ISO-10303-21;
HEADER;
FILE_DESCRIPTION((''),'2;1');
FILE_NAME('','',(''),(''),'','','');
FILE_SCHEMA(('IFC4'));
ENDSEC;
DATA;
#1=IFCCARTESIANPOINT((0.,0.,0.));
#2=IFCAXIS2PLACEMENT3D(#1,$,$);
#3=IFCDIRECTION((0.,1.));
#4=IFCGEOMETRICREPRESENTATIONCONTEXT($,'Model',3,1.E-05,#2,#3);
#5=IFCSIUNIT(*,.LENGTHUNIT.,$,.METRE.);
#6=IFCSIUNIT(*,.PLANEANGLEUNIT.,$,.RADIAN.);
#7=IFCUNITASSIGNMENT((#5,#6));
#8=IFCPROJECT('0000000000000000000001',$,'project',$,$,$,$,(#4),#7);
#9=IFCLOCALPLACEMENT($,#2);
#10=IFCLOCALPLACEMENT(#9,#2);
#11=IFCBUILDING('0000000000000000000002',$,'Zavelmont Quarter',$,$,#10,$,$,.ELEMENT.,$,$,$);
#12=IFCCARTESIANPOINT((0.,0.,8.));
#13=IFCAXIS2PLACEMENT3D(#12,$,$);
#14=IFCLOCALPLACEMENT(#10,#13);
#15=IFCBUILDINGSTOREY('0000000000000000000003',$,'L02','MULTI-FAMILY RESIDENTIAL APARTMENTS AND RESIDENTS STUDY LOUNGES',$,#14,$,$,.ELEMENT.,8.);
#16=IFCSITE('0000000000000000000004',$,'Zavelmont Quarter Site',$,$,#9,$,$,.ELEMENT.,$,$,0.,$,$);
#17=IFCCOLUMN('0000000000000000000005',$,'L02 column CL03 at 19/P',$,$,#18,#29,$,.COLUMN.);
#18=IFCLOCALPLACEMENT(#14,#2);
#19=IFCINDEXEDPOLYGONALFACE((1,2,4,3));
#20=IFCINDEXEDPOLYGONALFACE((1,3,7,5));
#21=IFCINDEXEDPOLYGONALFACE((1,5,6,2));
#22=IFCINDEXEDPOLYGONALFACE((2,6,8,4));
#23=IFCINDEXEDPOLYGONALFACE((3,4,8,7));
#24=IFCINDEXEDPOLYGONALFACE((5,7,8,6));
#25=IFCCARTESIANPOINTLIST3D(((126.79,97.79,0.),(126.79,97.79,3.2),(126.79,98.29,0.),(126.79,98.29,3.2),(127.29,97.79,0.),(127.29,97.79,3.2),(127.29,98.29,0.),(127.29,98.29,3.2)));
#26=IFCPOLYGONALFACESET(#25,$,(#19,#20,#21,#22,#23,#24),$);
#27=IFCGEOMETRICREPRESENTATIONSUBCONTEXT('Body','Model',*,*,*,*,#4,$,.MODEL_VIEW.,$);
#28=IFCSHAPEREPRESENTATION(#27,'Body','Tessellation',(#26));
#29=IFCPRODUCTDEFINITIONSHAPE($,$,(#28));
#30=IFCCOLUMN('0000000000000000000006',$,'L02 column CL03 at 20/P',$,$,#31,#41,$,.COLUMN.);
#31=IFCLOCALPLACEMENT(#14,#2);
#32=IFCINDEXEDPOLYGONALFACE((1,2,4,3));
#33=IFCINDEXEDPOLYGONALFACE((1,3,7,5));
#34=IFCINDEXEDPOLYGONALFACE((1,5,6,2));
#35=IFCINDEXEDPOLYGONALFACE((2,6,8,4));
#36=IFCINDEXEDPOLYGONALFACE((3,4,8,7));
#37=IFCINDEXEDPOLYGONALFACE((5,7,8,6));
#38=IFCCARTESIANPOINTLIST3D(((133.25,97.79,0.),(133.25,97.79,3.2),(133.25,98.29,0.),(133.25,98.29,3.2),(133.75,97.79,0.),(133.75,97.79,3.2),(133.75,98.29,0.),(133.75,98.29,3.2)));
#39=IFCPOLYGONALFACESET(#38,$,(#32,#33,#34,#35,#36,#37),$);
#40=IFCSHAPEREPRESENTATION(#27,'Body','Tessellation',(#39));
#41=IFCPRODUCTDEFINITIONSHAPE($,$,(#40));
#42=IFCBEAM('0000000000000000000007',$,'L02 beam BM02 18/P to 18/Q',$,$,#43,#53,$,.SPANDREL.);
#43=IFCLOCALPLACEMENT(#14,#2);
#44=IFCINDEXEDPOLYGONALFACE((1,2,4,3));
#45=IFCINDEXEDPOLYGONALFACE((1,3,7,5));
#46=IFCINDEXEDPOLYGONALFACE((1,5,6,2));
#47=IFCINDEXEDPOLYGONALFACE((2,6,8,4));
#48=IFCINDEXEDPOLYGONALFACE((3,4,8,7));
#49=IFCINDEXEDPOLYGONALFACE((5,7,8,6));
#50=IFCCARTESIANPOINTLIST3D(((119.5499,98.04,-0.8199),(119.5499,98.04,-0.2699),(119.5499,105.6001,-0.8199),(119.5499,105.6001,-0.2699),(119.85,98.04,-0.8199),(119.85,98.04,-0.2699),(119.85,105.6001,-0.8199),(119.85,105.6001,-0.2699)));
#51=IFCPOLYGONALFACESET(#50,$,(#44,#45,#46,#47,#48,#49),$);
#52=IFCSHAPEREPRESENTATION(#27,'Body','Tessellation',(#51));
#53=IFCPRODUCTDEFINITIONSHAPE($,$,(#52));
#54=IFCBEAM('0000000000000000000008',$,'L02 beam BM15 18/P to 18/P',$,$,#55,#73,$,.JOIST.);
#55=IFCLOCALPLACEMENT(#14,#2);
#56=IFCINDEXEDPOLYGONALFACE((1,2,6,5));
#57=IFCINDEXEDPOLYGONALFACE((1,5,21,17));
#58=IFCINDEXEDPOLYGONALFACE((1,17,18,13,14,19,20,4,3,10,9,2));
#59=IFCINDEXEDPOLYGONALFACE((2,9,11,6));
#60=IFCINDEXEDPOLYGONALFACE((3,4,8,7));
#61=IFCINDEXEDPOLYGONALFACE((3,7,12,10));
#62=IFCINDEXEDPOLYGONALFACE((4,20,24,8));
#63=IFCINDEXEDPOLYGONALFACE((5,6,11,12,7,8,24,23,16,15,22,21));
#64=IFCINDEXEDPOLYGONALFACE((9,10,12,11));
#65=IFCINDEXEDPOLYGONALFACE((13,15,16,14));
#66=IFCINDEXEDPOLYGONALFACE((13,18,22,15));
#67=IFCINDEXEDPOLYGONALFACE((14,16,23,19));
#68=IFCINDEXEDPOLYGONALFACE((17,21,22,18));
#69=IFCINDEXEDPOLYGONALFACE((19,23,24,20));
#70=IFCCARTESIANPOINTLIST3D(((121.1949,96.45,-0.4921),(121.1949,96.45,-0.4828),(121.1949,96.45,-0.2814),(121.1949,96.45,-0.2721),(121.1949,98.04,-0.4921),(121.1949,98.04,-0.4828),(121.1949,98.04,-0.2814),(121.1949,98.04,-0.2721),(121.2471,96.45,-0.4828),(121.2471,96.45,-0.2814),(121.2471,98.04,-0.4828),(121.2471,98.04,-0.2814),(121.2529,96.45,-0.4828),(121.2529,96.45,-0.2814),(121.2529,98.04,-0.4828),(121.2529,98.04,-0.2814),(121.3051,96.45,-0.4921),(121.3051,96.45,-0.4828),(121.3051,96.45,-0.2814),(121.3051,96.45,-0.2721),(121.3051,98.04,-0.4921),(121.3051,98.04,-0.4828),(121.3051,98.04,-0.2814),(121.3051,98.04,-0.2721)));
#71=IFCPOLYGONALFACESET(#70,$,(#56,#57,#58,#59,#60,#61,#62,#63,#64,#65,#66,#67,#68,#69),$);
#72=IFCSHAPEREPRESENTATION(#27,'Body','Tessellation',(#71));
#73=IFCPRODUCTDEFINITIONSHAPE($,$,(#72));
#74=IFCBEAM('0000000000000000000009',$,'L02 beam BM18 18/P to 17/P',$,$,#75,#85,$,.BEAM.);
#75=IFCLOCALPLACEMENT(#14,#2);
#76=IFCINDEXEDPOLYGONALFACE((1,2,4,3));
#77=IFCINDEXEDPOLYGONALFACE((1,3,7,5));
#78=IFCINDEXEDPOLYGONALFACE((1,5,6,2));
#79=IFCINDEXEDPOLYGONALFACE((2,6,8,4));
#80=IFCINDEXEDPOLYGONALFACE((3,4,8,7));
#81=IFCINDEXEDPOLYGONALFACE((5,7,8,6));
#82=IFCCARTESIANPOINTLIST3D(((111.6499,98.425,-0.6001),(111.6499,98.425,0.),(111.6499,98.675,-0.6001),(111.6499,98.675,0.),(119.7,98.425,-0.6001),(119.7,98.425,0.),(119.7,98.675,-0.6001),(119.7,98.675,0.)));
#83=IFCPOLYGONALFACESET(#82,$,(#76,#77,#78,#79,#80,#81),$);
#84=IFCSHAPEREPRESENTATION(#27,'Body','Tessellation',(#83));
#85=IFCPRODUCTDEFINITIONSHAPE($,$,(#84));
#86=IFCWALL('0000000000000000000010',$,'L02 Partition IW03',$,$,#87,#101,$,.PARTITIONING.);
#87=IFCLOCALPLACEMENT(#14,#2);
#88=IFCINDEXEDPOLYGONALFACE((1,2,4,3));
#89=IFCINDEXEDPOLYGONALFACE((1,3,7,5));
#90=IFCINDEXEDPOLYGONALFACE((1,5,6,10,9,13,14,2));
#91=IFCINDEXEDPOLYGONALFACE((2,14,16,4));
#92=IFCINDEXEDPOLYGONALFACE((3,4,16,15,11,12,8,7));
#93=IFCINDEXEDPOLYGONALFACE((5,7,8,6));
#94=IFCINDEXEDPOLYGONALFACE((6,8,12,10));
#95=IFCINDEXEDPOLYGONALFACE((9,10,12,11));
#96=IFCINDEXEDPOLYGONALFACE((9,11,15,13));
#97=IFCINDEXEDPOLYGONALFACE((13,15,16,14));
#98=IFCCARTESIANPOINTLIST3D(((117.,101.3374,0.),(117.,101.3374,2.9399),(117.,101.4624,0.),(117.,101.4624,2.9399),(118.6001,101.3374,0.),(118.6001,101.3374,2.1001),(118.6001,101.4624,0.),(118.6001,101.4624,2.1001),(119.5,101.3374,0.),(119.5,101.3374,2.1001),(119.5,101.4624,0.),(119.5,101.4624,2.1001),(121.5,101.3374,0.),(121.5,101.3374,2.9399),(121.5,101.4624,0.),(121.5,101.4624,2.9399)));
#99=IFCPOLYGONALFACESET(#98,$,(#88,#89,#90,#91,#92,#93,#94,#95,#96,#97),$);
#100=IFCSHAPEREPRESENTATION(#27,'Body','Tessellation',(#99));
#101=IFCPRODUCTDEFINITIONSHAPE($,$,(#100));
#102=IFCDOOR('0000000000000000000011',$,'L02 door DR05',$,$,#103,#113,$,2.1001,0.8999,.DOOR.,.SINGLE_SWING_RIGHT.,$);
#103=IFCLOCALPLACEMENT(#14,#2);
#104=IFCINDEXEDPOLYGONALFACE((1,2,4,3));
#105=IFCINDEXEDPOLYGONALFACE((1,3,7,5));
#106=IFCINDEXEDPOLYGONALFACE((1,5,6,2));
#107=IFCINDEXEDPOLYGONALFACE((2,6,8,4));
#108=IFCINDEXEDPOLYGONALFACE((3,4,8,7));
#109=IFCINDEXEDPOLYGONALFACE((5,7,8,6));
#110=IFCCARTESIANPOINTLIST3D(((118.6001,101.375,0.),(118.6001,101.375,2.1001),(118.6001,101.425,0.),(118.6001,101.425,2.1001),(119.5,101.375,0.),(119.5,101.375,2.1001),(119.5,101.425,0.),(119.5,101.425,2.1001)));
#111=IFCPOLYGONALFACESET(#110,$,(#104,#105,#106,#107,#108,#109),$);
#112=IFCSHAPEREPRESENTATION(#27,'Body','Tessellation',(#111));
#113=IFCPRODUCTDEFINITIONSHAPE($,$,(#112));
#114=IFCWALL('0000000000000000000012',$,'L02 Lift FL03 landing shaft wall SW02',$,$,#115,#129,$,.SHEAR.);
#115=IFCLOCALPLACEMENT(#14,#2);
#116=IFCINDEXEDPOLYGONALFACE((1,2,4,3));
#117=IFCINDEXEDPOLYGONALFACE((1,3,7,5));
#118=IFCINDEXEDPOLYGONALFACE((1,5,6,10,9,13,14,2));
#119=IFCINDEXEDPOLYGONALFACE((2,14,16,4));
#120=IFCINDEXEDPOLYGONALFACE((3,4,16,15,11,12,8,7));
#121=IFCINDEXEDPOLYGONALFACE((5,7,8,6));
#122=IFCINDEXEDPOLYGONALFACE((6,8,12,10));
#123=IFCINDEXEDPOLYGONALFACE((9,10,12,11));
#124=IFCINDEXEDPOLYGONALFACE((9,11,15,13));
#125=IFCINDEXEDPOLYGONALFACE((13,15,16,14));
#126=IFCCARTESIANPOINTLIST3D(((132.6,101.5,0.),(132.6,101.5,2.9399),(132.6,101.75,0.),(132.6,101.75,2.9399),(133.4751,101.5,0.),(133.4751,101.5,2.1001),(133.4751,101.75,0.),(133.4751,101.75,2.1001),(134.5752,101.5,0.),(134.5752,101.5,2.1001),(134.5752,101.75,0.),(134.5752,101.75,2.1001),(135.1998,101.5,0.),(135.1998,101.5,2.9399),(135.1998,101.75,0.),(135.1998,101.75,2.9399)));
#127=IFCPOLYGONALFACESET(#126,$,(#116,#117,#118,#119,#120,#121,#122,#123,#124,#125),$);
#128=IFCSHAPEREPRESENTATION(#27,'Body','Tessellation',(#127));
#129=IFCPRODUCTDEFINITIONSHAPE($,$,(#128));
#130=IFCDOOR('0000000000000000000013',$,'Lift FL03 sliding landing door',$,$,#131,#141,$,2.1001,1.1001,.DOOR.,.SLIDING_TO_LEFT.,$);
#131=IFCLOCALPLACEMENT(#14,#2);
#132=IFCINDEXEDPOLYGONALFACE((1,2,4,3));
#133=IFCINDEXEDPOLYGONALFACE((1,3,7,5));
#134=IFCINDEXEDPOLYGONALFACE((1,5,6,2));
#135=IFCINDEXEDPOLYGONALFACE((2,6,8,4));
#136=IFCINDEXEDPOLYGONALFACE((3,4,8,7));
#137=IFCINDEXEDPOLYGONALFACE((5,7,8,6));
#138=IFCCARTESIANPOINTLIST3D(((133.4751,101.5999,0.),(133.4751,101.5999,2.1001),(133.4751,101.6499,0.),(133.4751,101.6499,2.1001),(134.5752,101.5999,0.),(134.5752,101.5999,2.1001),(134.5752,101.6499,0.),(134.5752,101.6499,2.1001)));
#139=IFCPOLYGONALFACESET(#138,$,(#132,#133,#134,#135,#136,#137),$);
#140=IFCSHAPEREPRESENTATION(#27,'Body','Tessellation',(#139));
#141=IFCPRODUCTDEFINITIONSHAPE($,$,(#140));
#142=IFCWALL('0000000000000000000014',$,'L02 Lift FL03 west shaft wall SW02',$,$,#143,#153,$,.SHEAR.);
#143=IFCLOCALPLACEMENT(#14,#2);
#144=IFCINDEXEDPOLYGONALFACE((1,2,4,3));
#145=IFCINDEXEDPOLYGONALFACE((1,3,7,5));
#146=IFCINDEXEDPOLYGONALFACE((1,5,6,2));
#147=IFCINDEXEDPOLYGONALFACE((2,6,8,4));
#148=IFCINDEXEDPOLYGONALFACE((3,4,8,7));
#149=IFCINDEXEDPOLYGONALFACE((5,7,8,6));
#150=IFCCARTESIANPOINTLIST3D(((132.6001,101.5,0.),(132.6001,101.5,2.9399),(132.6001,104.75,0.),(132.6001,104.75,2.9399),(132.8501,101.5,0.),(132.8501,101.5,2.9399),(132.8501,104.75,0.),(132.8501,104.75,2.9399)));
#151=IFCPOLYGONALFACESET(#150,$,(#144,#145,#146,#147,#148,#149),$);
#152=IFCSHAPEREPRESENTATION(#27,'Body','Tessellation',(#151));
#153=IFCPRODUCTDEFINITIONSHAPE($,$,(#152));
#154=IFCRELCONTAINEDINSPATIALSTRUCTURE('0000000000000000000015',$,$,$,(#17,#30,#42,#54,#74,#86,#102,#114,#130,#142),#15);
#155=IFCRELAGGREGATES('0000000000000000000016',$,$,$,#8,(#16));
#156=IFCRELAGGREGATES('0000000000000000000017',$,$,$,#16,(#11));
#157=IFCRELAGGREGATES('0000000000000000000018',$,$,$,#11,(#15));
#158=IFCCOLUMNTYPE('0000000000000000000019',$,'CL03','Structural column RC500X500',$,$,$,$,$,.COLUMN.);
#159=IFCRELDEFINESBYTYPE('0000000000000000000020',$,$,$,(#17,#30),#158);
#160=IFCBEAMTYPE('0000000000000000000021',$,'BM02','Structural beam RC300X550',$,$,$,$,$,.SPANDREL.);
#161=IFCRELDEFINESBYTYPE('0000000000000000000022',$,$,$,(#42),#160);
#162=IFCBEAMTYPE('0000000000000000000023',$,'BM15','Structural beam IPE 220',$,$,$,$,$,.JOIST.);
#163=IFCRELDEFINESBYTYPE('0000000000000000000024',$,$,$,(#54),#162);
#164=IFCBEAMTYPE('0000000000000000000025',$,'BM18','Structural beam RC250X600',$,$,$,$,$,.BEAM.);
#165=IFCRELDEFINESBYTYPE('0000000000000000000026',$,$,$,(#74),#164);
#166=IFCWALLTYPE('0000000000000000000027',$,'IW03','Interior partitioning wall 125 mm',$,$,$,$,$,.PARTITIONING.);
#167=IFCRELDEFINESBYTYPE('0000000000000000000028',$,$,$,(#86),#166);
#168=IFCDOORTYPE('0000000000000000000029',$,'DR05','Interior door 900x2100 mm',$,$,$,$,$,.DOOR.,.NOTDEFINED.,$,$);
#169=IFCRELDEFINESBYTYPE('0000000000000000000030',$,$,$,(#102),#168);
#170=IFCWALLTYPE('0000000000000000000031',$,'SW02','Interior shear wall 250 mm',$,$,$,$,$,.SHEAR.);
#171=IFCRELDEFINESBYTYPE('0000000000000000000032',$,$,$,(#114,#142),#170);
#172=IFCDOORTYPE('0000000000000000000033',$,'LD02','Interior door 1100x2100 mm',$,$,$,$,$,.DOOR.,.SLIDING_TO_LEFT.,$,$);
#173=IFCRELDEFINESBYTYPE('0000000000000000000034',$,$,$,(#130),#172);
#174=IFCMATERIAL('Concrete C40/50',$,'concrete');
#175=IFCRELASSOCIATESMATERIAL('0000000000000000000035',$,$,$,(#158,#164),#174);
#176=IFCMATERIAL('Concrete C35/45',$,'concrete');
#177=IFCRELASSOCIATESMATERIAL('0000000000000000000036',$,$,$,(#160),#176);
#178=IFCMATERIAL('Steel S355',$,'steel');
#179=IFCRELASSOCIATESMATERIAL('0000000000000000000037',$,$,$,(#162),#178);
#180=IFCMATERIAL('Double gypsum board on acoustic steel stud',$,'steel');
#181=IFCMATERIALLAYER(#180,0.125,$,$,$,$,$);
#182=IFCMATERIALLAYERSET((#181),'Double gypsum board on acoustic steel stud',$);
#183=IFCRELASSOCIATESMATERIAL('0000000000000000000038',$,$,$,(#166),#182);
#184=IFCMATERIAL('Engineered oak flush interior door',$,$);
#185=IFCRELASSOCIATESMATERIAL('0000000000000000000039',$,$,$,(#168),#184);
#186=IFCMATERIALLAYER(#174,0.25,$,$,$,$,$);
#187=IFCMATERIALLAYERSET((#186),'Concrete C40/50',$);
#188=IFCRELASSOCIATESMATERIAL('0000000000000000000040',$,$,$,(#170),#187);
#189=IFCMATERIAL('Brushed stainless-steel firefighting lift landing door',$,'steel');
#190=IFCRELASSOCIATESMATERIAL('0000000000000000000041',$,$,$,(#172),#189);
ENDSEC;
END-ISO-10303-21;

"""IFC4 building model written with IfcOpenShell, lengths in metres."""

from ifc_helpers import new_model, si_unit, direction, frame, frame_2d, origin, origin_with_axes, origin_2d, place, context, subcontext, project, spatial, rectangle, i_section, extrude, material, layer, layer_set, material_profile, profile_set, type_object, element, fill, save


model = new_model("IFC4")

# Units and contexts
model_context = context("Model", 3, precision=1e-05, world=origin(), true_north=direction((0.0, 1.0)))
body_context = subcontext(model_context, "Body", "Model", "MODEL_VIEW")
ifc_project = project(units=[si_unit("LENGTHUNIT", "METRE"), si_unit("PLANEANGLEUNIT", "RADIAN")], contexts=[model_context])

# Site, building, storey
site_placement = place(None, origin())
site = spatial("IfcSite", under=ifc_project, at=site_placement, Name="Zavelmont Quarter Site", CompositionType="ELEMENT", RefElevation=0.0)
building_placement = place(site_placement, origin())
building = spatial("IfcBuilding", under=site, at=building_placement, Name="Zavelmont Quarter", CompositionType="ELEMENT")
storey_placement = place(building_placement, frame((0.0, 0.0, 8.0)))
storey = spatial("IfcBuildingStorey", under=building, at=storey_placement, Name="L02", Description="MULTI-FAMILY RESIDENTIAL APARTMENTS AND RESIDENTS STUDY LOUNGES", CompositionType="ELEMENT", Elevation=8.0)

# Columns
ifc_material_1 = material(Name="Concrete C40/50", Category="concrete")
ifc_material_profile_1 = material_profile(ifc_material_1, rectangle(XDim=0.5, YDim=0.5, at=origin_2d()), Name="RC500X500")
ifc_profile_set_1 = profile_set([ifc_material_profile_1], Name="Concrete C40/50")
column_type = type_object("IfcColumnType", Name="CL03", Description="Structural column RC500X500", PredefinedType="COLUMN", material=ifc_profile_set_1)
for number, where, z_axis, x_axis, name in (
    (1, (127.04, 98.04, 0.0), (0.0, 0.0, 1.0), (1.0, 0.0, 0.0), "L02 column CL03 at 19/P"),
    (2, (133.5, 98.04, 0.0), (0.0, 0.0, 1.0), (1.0, 0.0, 0.0), "L02 column CL03 at 20/P"),
):
    element("IfcColumn", number, at=place(storey_placement, frame(where, z_axis=z_axis, x_axis=x_axis)), inside=storey, type_object=column_type, Name=name, PredefinedType="COLUMN", context=body_context, shape_type="SweptSolid", body=[
        extrude(rectangle(XDim=0.5, YDim=0.5, at=origin_2d()), origin(), (0.0, 0.0, 1.0), 3.2),
    ])

# Beams
ifc_material_2 = material(Name="Concrete C35/45", Category="concrete")
ifc_material_profile_2 = material_profile(ifc_material_2, rectangle(XDim=0.3, YDim=0.55, at=origin_2d()), Name="RC300X550")
ifc_profile_set_2 = profile_set([ifc_material_profile_2], Name="Concrete C35/45")
beam_type_1 = type_object("IfcBeamType", Name="BM02", Description="Structural beam RC300X550", PredefinedType="SPANDREL", material=ifc_profile_set_2)
beam_1_placement = place(storey_placement, frame((119.7, 98.04, -0.5449), z_axis=(0.0, 1.0, 0.0), x_axis=(-1.0, 0.0, 0.0)))
element("IfcBeam", 3, at=beam_1_placement, inside=storey, type_object=beam_type_1, Name="L02 beam BM02 18/P to 18/Q", PredefinedType="SPANDREL", context=body_context, shape_type="SweptSolid", body=[
    extrude(rectangle(XDim=0.3, YDim=0.55, at=origin_2d()), origin(), (0.0, 0.0, 1.0), 7.5601),
])
ifc_material_3 = material(Name="Steel S355", Category="steel")
ifc_material_profile_3 = material_profile(ifc_material_3, i_section(OverallWidth=0.1101, OverallDepth=0.22, WebThickness=0.0059, FlangeThickness=0.0093, at=origin_2d()), Name="IPE 220")
ifc_profile_set_3 = profile_set([ifc_material_profile_3], Name="Steel S355")
beam_type_2 = type_object("IfcBeamType", Name="BM15", Description="Structural beam IPE 220", PredefinedType="JOIST", material=ifc_profile_set_3)
beam_2_placement = place(storey_placement, frame((121.25, 98.04, -0.3821), z_axis=(0.0, -1.0, 0.0), x_axis=(1.0, 0.0, 0.0)))
element("IfcBeam", 4, at=beam_2_placement, inside=storey, type_object=beam_type_2, Name="L02 beam BM15 18/P to 18/P", PredefinedType="JOIST", context=body_context, shape_type="SweptSolid", body=[
    extrude(i_section(OverallWidth=0.1101, OverallDepth=0.22, WebThickness=0.0059, FlangeThickness=0.0093, at=origin_2d()), origin(), (0.0, 0.0, 1.0), 1.5901),
])
ifc_material_profile_4 = material_profile(ifc_material_1, rectangle(XDim=0.25, YDim=0.6001, at=origin_2d()), Name="RC250X600")
ifc_profile_set_4 = profile_set([ifc_material_profile_4], Name="Concrete C40/50")
beam_type_3 = type_object("IfcBeamType", Name="BM18", Description="Structural beam RC250X600", PredefinedType="BEAM", material=ifc_profile_set_4)
beam_3_placement = place(storey_placement, frame((119.7, 98.55, -0.3), z_axis=(-1.0, 0.0, 0.0), x_axis=(0.0, -1.0, 0.0)))
element("IfcBeam", 5, at=beam_3_placement, inside=storey, type_object=beam_type_3, Name="L02 beam BM18 18/P to 17/P", PredefinedType="BEAM", context=body_context, shape_type="SweptSolid", body=[
    extrude(rectangle(XDim=0.25, YDim=0.6001, at=origin_2d()), origin(), (0.0, 0.0, 1.0), 8.05),
])

# Walls, openings, doors
ifc_material_4 = material(Name="Double gypsum board on acoustic steel stud", Category="steel")
ifc_layer_1 = layer(ifc_material_4, 0.125)
ifc_layer_set_1 = layer_set([ifc_layer_1], Name="Double gypsum board on acoustic steel stud")
wall_type_1 = type_object("IfcWallType", Name="IW03", Description="Interior partitioning wall 125 mm", PredefinedType="PARTITIONING", material=ifc_layer_set_1)
wall_1_placement = place(storey_placement, frame((117.0, 101.3999, 0.0), z_axis=(0.0, 0.0, 1.0), x_axis=(1.0, 0.0, 0.0)))
wall_1 = element("IfcWall", 6, at=wall_1_placement, inside=storey, type_object=wall_type_1, Name="L02 Partition IW03", PredefinedType="PARTITIONING", context=body_context, shape_type="SweptSolid", body=[
    extrude(rectangle(XDim=4.5, YDim=0.125, at=frame_2d((2.25, 0.0))), origin(), (0.0, 0.0, 1.0), 2.9399),
])
opening_1_placement = place(wall_1_placement, frame((1.6001, 0.0, 0.0)))
opening_1 = element("IfcOpeningElement", 7, at=opening_1_placement, cuts=wall_1, PredefinedType="OPENING", context=body_context, shape_type="SweptSolid", body=[
    extrude(rectangle(XDim=0.8999, YDim=2.1001, at=frame_2d((0.45, 1.05))), frame((0.0, 0.0745, 0.0), z_axis=(0.0, -1.0, 0.0), x_axis=(1.0, 0.0, 0.0)), (0.0, 0.0, 1.0), 0.1489),
])
ifc_material_5 = material(Name="Engineered oak flush interior door")
door_type_1 = type_object("IfcDoorType", Name="DR05", Description="Interior door 900x2100 mm", OperationType="NOTDEFINED", PredefinedType="DOOR", material=ifc_material_5)
door_1_placement = place(opening_1_placement, frame((0.8999, 0.0, 0.0), z_axis=(0.0, 0.0, 1.0), x_axis=(-1.0, 0.0, 0.0)))
door_1 = element("IfcDoor", 8, at=door_1_placement, inside=storey, type_object=door_type_1, Name="L02 door DR05", OperationType="SINGLE_SWING_RIGHT", OverallHeight=2.1001, OverallWidth=0.8999, PredefinedType="DOOR", context=body_context, shape_type="SweptSolid", body=[
    extrude(rectangle(XDim=0.8999, YDim=2.1001, at=frame_2d((0.45, 1.05))), frame((0.0, 0.0249, 0.0), z_axis=(0.0, -1.0, 0.0), x_axis=(1.0, 0.0, 0.0)), (0.0, 0.0, 1.0), 0.05),
])
fill(opening_1, door_1)
ifc_layer_2 = layer(ifc_material_1, 0.25)
ifc_layer_set_2 = layer_set([ifc_layer_2], Name="Concrete C40/50")
wall_type_2 = type_object("IfcWallType", Name="SW02", Description="Interior shear wall 250 mm", PredefinedType="SHEAR", material=ifc_layer_set_2)
wall_2_placement = place(storey_placement, frame((132.6001, 101.625, 0.0), z_axis=(0.0, 0.0, 1.0), x_axis=(1.0, 0.0, 0.0)))
wall_2 = element("IfcWall", 9, at=wall_2_placement, inside=storey, type_object=wall_type_2, Name="L02 Lift FL03 landing shaft wall SW02", PredefinedType="SHEAR", context=body_context, shape_type="SweptSolid", body=[
    extrude(rectangle(XDim=2.5999, YDim=0.25, at=frame_2d((1.2998, 0.0))), origin(), (0.0, 0.0, 1.0), 2.9399),
])
opening_2_placement = place(wall_2_placement, frame((0.875, 0.0, 0.0)))
opening_2 = element("IfcOpeningElement", 10, at=opening_2_placement, cuts=wall_2, PredefinedType="OPENING", context=body_context, shape_type="SweptSolid", body=[
    extrude(rectangle(XDim=1.1001, YDim=2.1001, at=frame_2d((0.55, 1.05))), frame((0.0, 0.137, 0.0), z_axis=(0.0, -1.0, 0.0), x_axis=(1.0, 0.0, 0.0)), (0.0, 0.0, 1.0), 0.2739),
])
ifc_material_6 = material(Name="Brushed stainless-steel firefighting lift landing door", Category="steel")
door_type_2 = type_object("IfcDoorType", Name="LD02", Description="Interior door 1100x2100 mm", OperationType="SLIDING_TO_LEFT", PredefinedType="DOOR", material=ifc_material_6)
door_2_placement = place(opening_2_placement, origin_with_axes())
door_2 = element("IfcDoor", 11, at=door_2_placement, inside=storey, type_object=door_type_2, Name="Lift FL03 sliding landing door", OperationType="SLIDING_TO_LEFT", OverallHeight=2.1001, OverallWidth=1.1001, PredefinedType="DOOR", context=body_context, shape_type="SweptSolid", body=[
    extrude(rectangle(XDim=1.1001, YDim=2.1001, at=frame_2d((0.55, 1.05))), frame((0.0, 0.0249, 0.0), z_axis=(0.0, -1.0, 0.0), x_axis=(1.0, 0.0, 0.0)), (0.0, 0.0, 1.0), 0.05),
])
fill(opening_2, door_2)

# Wall
wall_3_placement = place(storey_placement, frame((132.7251, 101.5, 0.0), z_axis=(0.0, 0.0, 1.0), x_axis=(0.0, 1.0, 0.0)))
element("IfcWall", 12, at=wall_3_placement, inside=storey, type_object=wall_type_2, Name="L02 Lift FL03 west shaft wall SW02", PredefinedType="SHEAR", context=body_context, shape_type="SweptSolid", body=[
    extrude(rectangle(XDim=3.25, YDim=0.25, at=frame_2d((1.625, 0.0))), origin(), (0.0, 0.0, 1.0), 2.9399),
])

save(model, "model.ifc")
